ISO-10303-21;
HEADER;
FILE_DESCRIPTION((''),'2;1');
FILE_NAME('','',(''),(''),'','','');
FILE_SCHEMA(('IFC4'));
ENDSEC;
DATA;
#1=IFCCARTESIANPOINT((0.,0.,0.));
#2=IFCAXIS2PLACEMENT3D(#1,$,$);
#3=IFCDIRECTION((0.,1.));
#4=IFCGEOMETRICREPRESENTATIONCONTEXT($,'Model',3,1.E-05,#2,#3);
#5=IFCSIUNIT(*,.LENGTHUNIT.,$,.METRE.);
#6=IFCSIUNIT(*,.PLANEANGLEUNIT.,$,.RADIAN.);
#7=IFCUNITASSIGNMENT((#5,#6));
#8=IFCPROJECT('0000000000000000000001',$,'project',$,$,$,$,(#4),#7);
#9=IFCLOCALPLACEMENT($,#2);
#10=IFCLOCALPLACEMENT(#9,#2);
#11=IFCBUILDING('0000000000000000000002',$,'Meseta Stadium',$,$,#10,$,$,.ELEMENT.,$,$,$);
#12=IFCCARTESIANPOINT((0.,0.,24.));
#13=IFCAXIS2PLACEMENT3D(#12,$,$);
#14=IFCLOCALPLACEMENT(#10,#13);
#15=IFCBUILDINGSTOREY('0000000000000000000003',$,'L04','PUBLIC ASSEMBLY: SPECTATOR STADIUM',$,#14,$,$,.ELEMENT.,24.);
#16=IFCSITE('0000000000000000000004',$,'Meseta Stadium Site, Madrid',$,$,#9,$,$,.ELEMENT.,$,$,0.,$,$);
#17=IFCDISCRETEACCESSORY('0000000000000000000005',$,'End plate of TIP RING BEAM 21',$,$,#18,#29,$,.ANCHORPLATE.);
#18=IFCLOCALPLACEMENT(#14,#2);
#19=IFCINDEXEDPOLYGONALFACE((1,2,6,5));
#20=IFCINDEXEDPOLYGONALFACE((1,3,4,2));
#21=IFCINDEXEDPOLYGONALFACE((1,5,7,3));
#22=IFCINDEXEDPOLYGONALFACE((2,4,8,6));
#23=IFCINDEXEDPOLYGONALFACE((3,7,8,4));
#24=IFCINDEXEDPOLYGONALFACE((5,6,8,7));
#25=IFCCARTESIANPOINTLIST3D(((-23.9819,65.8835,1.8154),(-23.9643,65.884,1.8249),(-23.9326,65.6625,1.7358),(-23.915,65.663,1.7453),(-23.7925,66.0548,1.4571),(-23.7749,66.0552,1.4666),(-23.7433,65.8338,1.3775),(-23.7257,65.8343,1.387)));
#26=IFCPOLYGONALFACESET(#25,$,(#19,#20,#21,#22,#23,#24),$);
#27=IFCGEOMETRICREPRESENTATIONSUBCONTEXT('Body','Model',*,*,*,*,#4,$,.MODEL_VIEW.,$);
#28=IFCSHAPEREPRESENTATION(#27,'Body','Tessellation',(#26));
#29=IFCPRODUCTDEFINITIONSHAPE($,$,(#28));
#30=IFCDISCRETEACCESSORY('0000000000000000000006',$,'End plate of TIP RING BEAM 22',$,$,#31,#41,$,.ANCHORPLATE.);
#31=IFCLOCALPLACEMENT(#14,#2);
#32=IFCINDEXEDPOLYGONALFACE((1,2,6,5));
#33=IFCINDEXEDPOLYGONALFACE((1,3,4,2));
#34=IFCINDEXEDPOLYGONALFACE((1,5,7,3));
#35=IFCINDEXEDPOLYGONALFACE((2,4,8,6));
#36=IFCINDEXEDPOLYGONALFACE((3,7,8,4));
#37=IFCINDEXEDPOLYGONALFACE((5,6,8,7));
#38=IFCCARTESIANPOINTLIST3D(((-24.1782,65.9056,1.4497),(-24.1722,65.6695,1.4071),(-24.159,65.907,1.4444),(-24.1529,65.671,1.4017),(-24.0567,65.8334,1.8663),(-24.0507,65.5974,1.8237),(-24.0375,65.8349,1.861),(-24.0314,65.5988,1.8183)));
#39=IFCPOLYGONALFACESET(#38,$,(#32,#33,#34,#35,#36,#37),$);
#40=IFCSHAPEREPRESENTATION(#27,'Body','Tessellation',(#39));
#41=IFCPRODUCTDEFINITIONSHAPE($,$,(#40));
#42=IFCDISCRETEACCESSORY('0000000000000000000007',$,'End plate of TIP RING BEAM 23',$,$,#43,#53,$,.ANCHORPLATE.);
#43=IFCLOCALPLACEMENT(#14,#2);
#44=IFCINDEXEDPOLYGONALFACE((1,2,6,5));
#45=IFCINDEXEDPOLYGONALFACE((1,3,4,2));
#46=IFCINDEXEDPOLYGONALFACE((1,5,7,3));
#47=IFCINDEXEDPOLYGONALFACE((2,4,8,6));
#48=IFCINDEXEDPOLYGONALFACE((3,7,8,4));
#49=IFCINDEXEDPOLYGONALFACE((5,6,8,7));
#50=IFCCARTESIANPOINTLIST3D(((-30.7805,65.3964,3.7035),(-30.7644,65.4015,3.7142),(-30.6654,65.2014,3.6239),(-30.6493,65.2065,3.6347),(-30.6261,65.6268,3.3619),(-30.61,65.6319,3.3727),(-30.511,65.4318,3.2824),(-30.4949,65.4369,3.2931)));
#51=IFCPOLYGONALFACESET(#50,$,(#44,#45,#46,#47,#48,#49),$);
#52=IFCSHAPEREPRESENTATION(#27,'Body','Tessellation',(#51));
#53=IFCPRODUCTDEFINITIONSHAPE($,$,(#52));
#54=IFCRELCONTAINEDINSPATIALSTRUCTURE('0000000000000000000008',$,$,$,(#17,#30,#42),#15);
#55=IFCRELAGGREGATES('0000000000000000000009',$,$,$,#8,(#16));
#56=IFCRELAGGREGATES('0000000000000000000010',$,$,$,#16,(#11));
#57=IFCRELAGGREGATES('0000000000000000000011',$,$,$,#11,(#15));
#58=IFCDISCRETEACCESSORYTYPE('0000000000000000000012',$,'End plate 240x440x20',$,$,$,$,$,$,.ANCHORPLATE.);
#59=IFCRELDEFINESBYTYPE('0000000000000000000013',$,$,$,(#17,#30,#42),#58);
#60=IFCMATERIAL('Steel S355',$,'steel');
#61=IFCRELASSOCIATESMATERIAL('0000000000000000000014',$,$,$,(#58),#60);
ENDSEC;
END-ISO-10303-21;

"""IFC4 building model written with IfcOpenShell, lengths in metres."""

from ifc_helpers import new_model, si_unit, direction, frame, origin, origin_2d, place, context, subcontext, project, spatial, rectangle, extrude, material, material_profile, profile_set, type_object, element, save


model = new_model("IFC4")

# Units and contexts
model_context = context("Model", 3, precision=1e-05, world=origin(), true_north=direction((0.0, 1.0)))
body_context = subcontext(model_context, "Body", "Model", "MODEL_VIEW")
ifc_project = project(units=[si_unit("LENGTHUNIT", "METRE"), si_unit("PLANEANGLEUNIT", "RADIAN")], contexts=[model_context])

# Site, building, storey
site_placement = place(None, origin())
site = spatial("IfcSite", under=ifc_project, at=site_placement, Name="Meseta Stadium Site, Madrid", CompositionType="ELEMENT", RefElevation=0.0)
building_placement = place(site_placement, origin())
building = spatial("IfcBuilding", under=site, at=building_placement, Name="Meseta Stadium", CompositionType="ELEMENT")
storey_placement = place(building_placement, frame((0.0, 0.0, 24.0)))
storey = spatial("IfcBuildingStorey", under=building, at=storey_placement, Name="L04", Description="PUBLIC ASSEMBLY: SPECTATOR STADIUM", CompositionType="ELEMENT", Elevation=24.0)

# Discrete accessories
ifc_material_1 = material(Name="Steel S355", Category="steel")
ifc_material_profile_1 = material_profile(ifc_material_1, rectangle(XDim=0.24, YDim=0.4399, at=origin_2d()), Name="PL 240x440")
ifc_profile_set_1 = profile_set([ifc_material_profile_1], Name="Steel S355")
discrete_accessory_type_1 = type_object("IfcDiscreteAccessoryType", Name="End plate 240x440x20", PredefinedType="ANCHORPLATE", material=ifc_profile_set_1)
for number, where, z_axis, x_axis, name in (
    (1, (-23.845, 65.8591, 1.606), (-0.87903, -0.024417, -0.476141), (0.205226, -0.920807, -0.331658), "End plate of TIP RING BEAM 21"),
    (2, (-24.0952, 65.7529, 1.6313), (-0.960775, -0.07297, 0.267558), (0.025232, -0.983762, -0.177693), "End plate of TIP RING BEAM 22"),
    (3, (-30.6296, 65.4192, 3.5037), (-0.80434, -0.255926, -0.536227), (0.479489, -0.812558, -0.331422), "End plate of TIP RING BEAM 23"),
):
    element("IfcDiscreteAccessory", number, at=place(storey_placement, frame(where, z_axis=z_axis, x_axis=x_axis)), inside=storey, type_object=discrete_accessory_type_1, Name=name, PredefinedType="ANCHORPLATE", context=body_context, shape_type="SweptSolid", body=[
        extrude(rectangle(XDim=0.24, YDim=0.4399, at=origin_2d()), origin(), (0.0, 0.0, 1.0), 0.02),
    ])

save(model, "model.ifc")
